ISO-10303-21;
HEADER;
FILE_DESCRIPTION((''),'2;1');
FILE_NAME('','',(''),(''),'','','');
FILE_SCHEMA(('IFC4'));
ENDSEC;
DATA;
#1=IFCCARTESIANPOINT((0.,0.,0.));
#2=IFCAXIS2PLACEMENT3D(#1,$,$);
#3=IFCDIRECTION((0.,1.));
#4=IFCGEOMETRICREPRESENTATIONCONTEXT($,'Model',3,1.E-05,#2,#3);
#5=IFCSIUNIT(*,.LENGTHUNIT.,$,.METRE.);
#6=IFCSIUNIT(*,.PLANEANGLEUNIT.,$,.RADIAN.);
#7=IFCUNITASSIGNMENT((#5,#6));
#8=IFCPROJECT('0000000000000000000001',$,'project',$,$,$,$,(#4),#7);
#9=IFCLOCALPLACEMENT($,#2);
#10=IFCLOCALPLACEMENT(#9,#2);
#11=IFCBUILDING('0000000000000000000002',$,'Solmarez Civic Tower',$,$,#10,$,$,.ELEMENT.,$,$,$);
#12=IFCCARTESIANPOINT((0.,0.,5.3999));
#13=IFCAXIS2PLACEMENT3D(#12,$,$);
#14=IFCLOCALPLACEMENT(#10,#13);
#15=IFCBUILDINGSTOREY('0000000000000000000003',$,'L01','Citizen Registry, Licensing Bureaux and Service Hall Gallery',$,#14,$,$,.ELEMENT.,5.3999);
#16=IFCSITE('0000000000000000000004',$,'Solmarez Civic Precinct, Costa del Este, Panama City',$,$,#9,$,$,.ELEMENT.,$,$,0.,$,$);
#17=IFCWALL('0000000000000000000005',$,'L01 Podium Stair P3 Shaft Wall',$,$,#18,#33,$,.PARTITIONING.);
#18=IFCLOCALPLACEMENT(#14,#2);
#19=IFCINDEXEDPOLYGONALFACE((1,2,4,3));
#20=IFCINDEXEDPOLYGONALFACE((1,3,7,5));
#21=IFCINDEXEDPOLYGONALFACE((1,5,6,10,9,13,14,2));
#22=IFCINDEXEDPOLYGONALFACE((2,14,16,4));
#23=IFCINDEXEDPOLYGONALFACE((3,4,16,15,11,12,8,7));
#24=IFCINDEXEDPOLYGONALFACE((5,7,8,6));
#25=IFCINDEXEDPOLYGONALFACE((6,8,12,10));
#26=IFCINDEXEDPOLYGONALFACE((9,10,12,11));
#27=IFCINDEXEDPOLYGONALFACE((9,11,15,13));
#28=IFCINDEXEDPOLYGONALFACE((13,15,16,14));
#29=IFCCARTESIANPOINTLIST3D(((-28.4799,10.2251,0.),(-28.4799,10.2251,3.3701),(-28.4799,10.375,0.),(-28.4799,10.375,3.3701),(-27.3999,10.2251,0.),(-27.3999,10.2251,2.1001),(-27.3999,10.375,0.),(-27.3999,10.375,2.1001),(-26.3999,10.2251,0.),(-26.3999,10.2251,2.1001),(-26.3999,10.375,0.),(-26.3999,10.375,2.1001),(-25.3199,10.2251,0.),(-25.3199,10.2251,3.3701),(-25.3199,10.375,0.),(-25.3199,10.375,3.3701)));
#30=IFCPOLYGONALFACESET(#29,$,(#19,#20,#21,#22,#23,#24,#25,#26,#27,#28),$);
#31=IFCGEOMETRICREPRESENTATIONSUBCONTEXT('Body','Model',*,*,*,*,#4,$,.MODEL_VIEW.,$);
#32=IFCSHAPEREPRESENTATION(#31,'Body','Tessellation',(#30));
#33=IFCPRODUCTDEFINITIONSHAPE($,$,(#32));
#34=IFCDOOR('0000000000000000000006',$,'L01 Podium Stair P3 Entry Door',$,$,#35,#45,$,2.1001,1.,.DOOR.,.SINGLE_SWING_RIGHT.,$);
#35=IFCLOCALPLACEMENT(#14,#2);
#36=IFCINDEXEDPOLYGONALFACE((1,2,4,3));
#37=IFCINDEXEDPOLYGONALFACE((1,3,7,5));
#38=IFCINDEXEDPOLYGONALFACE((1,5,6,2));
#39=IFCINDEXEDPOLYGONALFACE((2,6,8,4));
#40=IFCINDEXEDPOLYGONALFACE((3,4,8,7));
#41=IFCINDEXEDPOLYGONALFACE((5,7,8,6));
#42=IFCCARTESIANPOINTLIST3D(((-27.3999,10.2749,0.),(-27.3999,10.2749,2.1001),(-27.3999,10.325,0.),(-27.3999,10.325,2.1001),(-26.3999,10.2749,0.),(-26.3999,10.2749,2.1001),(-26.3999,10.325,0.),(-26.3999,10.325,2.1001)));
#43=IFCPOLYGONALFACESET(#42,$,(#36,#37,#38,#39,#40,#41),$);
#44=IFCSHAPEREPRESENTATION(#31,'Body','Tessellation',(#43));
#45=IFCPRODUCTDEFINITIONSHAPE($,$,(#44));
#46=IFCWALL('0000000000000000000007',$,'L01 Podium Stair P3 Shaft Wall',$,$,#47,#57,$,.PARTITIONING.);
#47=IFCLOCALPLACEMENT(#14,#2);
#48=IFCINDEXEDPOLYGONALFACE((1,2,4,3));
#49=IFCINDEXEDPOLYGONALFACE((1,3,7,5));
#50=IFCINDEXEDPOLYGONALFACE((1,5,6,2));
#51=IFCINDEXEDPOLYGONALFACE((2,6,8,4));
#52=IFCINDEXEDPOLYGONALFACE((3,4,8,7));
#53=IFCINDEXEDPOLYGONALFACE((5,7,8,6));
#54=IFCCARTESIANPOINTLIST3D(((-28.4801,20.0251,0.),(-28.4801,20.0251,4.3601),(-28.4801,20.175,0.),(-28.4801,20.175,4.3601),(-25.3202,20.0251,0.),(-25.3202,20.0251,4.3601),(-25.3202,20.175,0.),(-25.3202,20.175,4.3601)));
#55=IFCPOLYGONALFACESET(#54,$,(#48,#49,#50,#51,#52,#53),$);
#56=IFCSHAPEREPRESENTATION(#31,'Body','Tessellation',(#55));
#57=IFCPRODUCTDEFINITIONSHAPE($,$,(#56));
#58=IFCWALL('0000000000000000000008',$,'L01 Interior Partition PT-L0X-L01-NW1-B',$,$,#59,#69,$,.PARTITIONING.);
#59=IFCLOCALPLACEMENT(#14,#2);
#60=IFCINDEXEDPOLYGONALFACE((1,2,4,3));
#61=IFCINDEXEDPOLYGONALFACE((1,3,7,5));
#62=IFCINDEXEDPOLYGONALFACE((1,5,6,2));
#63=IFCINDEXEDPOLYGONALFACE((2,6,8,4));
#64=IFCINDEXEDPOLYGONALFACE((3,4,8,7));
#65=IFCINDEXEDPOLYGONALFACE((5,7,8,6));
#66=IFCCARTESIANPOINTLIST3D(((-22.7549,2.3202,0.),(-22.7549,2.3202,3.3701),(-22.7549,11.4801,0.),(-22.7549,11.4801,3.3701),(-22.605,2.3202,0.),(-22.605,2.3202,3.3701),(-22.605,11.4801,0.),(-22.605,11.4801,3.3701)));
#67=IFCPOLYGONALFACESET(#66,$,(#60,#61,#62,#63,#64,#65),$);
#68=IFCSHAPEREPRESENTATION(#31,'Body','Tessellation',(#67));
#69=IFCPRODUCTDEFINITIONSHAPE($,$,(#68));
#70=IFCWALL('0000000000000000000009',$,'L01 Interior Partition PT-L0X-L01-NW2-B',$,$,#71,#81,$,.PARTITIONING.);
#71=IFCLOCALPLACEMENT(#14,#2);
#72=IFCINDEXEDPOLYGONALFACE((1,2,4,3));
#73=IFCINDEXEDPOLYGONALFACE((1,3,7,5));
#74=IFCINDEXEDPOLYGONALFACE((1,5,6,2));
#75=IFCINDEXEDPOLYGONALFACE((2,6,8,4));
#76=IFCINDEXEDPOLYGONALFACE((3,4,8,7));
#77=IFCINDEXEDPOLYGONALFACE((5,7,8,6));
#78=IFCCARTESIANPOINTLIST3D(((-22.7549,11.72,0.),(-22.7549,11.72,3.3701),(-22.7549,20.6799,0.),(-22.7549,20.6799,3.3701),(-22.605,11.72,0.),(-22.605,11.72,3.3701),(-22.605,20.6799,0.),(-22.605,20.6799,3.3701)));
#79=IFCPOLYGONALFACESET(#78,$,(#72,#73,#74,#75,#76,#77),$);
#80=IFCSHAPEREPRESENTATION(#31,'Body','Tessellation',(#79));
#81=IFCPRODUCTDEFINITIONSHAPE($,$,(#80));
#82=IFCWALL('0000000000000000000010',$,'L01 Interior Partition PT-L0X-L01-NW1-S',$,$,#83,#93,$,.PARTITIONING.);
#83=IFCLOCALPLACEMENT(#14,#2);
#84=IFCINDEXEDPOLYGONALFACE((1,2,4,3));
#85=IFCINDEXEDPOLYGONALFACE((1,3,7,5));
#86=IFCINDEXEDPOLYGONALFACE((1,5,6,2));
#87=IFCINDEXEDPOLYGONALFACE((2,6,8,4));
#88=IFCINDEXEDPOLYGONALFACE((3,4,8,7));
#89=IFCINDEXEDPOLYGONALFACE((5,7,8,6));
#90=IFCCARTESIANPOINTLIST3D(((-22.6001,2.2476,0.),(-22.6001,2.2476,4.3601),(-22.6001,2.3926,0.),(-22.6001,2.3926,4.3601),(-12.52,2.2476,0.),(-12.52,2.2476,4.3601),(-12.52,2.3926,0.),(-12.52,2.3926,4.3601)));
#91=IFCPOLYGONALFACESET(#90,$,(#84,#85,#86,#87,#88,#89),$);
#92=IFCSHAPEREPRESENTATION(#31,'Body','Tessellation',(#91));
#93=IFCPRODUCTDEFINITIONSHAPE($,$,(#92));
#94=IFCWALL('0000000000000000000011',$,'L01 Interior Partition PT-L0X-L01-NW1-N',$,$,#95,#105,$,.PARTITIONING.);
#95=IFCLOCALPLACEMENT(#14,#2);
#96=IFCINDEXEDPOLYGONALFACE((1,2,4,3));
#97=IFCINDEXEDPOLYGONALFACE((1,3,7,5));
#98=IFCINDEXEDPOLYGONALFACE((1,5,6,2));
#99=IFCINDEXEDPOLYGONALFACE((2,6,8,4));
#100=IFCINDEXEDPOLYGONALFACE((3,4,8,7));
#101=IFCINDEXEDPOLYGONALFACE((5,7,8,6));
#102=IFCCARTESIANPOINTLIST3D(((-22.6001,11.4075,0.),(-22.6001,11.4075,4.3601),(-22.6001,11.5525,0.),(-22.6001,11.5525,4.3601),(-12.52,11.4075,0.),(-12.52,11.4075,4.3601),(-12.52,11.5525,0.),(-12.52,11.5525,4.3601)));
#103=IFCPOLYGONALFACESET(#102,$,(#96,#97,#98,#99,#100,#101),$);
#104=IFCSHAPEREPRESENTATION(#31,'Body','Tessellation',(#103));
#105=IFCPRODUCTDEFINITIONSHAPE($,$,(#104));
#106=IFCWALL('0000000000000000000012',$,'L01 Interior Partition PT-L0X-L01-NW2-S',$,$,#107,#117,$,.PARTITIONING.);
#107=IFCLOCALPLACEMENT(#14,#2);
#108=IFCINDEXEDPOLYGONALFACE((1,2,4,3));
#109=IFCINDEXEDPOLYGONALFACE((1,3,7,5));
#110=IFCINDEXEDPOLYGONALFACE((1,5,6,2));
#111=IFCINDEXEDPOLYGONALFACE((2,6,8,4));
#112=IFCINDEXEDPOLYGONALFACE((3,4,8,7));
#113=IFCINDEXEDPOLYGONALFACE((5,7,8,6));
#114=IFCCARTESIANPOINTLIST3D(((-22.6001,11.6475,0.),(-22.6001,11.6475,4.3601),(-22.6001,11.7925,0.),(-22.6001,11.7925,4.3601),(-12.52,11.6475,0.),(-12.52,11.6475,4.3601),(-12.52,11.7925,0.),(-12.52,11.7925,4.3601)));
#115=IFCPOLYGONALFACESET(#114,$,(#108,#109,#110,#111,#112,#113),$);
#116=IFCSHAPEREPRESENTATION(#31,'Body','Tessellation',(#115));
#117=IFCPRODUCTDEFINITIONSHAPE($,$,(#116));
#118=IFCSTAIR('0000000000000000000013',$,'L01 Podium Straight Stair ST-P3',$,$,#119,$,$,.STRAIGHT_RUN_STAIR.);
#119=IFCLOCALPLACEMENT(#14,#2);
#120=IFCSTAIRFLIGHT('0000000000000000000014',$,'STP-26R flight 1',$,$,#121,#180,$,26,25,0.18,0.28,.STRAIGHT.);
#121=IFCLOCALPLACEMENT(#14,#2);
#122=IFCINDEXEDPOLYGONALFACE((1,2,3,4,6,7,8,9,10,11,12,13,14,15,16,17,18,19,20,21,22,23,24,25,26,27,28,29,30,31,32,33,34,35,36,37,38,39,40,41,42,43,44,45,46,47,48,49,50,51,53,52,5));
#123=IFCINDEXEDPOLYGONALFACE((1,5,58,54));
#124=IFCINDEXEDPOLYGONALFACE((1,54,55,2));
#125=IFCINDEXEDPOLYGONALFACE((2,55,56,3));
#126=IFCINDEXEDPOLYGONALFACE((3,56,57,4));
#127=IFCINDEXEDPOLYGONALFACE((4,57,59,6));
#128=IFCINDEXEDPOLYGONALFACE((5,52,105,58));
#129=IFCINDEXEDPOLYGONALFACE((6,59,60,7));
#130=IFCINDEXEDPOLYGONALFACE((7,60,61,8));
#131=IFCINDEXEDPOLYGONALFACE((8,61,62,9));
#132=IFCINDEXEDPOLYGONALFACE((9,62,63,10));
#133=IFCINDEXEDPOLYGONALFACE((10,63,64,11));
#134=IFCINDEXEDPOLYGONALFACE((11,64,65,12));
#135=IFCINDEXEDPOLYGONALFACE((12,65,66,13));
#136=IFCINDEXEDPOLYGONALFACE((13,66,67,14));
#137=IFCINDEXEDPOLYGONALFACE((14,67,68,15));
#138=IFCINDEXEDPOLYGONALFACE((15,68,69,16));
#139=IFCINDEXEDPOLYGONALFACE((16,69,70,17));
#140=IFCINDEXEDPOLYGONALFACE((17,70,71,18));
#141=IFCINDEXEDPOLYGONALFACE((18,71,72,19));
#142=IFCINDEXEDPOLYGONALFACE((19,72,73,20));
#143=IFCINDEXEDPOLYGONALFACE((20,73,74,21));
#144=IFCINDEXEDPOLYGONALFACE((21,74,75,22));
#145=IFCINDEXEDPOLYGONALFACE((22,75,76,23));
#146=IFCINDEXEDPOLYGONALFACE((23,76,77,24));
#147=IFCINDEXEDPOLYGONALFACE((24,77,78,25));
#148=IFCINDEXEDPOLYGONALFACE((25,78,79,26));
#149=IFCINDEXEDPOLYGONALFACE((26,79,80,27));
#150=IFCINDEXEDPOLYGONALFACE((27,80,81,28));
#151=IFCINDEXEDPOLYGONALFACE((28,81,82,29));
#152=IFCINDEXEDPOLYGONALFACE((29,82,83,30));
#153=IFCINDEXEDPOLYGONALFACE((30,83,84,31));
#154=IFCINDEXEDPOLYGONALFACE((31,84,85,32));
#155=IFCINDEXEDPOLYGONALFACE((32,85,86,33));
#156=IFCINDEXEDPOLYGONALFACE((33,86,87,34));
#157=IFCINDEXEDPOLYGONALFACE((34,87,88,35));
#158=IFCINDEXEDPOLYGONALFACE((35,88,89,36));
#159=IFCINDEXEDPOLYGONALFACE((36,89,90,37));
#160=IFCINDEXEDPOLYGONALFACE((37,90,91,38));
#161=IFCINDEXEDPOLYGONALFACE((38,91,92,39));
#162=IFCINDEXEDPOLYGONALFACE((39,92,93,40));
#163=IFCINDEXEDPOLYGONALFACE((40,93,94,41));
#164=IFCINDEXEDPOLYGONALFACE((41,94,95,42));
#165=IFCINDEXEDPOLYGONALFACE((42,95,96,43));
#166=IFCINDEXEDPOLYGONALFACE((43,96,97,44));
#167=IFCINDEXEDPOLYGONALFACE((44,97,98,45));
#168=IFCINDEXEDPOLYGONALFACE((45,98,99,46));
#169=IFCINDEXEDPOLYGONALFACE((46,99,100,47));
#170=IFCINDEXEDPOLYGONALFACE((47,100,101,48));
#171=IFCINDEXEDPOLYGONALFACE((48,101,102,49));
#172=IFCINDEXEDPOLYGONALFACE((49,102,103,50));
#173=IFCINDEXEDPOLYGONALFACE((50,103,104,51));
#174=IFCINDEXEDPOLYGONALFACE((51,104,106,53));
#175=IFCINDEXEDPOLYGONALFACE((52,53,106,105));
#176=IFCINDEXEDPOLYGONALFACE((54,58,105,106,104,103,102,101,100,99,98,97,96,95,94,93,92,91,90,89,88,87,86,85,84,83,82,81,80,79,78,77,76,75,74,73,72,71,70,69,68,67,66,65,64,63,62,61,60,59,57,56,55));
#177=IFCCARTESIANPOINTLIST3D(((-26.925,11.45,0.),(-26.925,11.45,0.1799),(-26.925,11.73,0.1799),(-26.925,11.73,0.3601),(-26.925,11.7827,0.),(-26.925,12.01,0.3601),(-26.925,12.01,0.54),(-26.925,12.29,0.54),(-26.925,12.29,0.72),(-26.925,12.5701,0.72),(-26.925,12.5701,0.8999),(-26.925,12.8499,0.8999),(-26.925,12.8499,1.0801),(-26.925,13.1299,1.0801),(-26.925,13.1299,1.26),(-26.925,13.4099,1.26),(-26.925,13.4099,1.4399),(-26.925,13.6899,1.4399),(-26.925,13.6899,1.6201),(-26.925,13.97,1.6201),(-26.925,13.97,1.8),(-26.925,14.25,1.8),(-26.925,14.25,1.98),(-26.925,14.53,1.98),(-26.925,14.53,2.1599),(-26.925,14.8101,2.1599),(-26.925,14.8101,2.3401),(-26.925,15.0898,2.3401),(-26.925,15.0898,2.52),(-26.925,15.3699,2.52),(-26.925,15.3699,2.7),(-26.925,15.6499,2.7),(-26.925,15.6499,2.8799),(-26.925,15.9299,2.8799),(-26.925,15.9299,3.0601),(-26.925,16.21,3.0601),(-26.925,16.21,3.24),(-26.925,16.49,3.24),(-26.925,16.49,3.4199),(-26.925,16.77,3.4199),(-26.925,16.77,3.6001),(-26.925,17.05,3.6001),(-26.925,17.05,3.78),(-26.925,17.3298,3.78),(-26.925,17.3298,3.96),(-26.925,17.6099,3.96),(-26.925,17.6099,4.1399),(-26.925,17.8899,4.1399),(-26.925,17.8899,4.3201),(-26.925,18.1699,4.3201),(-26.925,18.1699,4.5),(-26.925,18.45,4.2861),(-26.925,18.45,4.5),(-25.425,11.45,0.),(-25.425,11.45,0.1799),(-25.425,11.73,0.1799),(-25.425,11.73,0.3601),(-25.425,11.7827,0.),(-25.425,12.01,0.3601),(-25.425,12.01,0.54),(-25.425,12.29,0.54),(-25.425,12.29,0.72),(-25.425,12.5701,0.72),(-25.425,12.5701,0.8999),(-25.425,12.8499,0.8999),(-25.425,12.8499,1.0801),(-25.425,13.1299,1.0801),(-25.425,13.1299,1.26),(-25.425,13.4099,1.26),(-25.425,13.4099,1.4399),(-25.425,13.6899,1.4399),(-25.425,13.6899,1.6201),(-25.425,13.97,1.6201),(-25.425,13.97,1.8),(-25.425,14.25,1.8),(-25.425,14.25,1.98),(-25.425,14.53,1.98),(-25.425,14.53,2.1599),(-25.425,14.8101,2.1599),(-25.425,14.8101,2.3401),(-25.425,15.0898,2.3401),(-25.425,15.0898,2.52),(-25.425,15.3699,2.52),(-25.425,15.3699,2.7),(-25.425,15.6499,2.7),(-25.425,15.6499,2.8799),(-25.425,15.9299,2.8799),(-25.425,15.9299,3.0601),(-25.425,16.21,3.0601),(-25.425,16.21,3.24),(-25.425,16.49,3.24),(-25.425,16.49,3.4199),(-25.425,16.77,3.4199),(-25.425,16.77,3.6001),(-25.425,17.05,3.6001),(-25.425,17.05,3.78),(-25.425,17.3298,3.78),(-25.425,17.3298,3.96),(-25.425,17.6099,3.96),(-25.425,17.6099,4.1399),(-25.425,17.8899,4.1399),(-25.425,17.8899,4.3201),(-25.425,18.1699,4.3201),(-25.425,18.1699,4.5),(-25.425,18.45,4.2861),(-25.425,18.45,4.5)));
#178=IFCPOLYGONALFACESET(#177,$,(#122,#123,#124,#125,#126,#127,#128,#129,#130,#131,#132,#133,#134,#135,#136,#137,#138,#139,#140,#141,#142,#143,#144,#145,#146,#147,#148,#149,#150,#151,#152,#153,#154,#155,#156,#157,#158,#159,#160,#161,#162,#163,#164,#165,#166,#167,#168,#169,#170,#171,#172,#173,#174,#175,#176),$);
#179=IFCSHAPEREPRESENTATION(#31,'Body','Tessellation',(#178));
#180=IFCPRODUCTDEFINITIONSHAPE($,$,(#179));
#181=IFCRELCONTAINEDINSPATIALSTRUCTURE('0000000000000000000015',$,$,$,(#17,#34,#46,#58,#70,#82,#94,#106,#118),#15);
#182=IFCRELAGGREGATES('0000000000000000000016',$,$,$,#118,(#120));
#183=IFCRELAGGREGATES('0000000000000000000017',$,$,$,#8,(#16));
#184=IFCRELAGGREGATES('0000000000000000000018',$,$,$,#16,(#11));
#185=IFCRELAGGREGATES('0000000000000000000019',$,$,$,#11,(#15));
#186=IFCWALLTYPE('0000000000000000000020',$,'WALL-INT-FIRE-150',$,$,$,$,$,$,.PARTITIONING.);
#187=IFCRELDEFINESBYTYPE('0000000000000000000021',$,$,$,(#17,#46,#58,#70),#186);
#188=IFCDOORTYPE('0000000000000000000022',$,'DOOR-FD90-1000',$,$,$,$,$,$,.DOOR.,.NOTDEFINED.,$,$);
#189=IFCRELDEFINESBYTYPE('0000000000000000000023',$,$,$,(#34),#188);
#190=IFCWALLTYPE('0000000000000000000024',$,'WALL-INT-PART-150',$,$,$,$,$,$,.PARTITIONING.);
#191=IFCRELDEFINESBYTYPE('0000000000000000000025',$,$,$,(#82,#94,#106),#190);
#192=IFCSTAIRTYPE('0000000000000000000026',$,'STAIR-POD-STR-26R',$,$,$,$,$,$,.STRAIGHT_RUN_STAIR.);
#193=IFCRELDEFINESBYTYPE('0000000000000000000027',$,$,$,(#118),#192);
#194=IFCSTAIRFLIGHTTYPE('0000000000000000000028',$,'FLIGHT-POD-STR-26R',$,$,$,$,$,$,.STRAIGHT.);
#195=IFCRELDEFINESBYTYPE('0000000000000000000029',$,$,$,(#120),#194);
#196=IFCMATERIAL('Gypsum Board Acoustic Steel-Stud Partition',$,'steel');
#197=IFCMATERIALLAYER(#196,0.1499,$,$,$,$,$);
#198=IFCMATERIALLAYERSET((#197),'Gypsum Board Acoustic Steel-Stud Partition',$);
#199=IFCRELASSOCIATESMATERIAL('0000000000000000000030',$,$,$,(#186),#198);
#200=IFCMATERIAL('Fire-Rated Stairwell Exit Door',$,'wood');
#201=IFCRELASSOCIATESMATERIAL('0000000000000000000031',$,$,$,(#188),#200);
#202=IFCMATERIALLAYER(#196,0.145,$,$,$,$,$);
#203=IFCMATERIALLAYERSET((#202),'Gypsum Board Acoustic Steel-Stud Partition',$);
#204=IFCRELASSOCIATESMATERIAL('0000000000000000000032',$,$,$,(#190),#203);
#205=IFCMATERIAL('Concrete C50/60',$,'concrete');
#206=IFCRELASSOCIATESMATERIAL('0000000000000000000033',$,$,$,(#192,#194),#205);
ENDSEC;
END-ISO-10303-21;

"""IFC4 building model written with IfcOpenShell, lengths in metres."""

from ifc_helpers import new_model, si_unit, direction, frame, frame_2d, origin, place, context, subcontext, project, spatial, polyline, rectangle, outline, extrude, material, layer, layer_set, type_object, element, fill, aggregate, save


model = new_model("IFC4")

# Units and contexts
model_context = context("Model", 3, precision=1e-05, world=origin(), true_north=direction((0.0, 1.0)))
body_context = subcontext(model_context, "Body", "Model", "MODEL_VIEW")
ifc_project = project(units=[si_unit("LENGTHUNIT", "METRE"), si_unit("PLANEANGLEUNIT", "RADIAN")], contexts=[model_context])

# Site, building, storey
site_placement = place(None, origin())
site = spatial("IfcSite", under=ifc_project, at=site_placement, Name="Solmarez Civic Precinct, Costa del Este, Panama City", CompositionType="ELEMENT", RefElevation=0.0)
building_placement = place(site_placement, origin())
building = spatial("IfcBuilding", under=site, at=building_placement, Name="Solmarez Civic Tower", CompositionType="ELEMENT")
storey_placement = place(building_placement, frame((0.0, 0.0, 5.3999)))
storey = spatial("IfcBuildingStorey", under=building, at=storey_placement, Name="L01", Description="Citizen Registry, Licensing Bureaux and Service Hall Gallery", CompositionType="ELEMENT", Elevation=5.3999)

# Shared definitions
ifc_material_1 = material(Name="Concrete C50/60", Category="concrete")

# Shared definitions
ifc_material_2 = material(Name="Gypsum Board Acoustic Steel-Stud Partition", Category="steel")
ifc_layer_1 = layer(ifc_material_2, 0.1499)
ifc_layer_set_1 = layer_set([ifc_layer_1], Name="Gypsum Board Acoustic Steel-Stud Partition")
wall_type_1 = type_object("IfcWallType", Name="WALL-INT-FIRE-150", PredefinedType="PARTITIONING", material=ifc_layer_set_1)

# Wall, opening, door
wall_1_placement = place(storey_placement, frame((-28.48, 10.3, 0.0), z_axis=(0.0, 0.0, 1.0), x_axis=(1.0, 0.0, 0.0)))
wall_1 = element("IfcWall", 1, at=wall_1_placement, inside=storey, type_object=wall_type_1, Name="L01 Podium Stair P3 Shaft Wall", PredefinedType="PARTITIONING", context=body_context, shape_type="SweptSolid", body=[
    extrude(rectangle(XDim=3.1599, YDim=0.1499, at=frame_2d((1.5801, 0.0))), origin(), (0.0, 0.0, 1.0), 3.3701),
])
opening_placement = place(wall_1_placement, frame((1.0801, 0.0, 0.0)))
opening = element("IfcOpeningElement", 2, at=opening_placement, cuts=wall_1, PredefinedType="OPENING", context=body_context, shape_type="SweptSolid", body=[
    extrude(rectangle(XDim=1.0, YDim=2.1001, at=frame_2d((0.5, 1.05))), frame((0.0, 0.085, 0.0), z_axis=(0.0, -1.0, 0.0), x_axis=(1.0, 0.0, 0.0)), (0.0, 0.0, 1.0), 0.1699),
])
ifc_material_3 = material(Name="Fire-Rated Stairwell Exit Door", Category="wood")
door_type = type_object("IfcDoorType", Name="DOOR-FD90-1000", OperationType="NOTDEFINED", PredefinedType="DOOR", material=ifc_material_3)
door_placement = place(opening_placement, origin())
door = element("IfcDoor", 3, at=door_placement, inside=storey, type_object=door_type, Name="L01 Podium Stair P3 Entry Door", OperationType="SINGLE_SWING_RIGHT", OverallHeight=2.1001, OverallWidth=1.0, PredefinedType="DOOR", context=body_context, shape_type="SweptSolid", body=[
    extrude(rectangle(XDim=1.0, YDim=2.1001, at=frame_2d((0.5, 1.05))), frame((0.0, 0.0249, 0.0), z_axis=(0.0, -1.0, 0.0), x_axis=(1.0, 0.0, 0.0)), (0.0, 0.0, 1.0), 0.05),
])
fill(opening, door)

# Walls
wall_2_placement = place(storey_placement, frame((-25.3201, 20.1001, 0.0), z_axis=(0.0, 0.0, 1.0), x_axis=(-1.0, 0.0, 0.0)))
element("IfcWall", 4, at=wall_2_placement, inside=storey, type_object=wall_type_1, Name="L01 Podium Stair P3 Shaft Wall", PredefinedType="PARTITIONING", context=body_context, shape_type="SweptSolid", body=[
    extrude(rectangle(XDim=3.1599, YDim=0.1499, at=frame_2d((1.5801, 0.0))), origin(), (0.0, 0.0, 1.0), 4.3601),
])
wall_3_placement = place(storey_placement, frame((-22.6799, 2.3201, 0.0), z_axis=(0.0, 0.0, 1.0), x_axis=(0.0, 1.0, 0.0)))
element("IfcWall", 5, at=wall_3_placement, inside=storey, type_object=wall_type_1, Name="L01 Interior Partition PT-L0X-L01-NW1-B", PredefinedType="PARTITIONING", context=body_context, shape_type="SweptSolid", body=[
    extrude(rectangle(XDim=9.1599, YDim=0.1499, at=frame_2d((4.5801, 0.0))), origin(), (0.0, 0.0, 1.0), 3.3701),
])
wall_4_placement = place(storey_placement, frame((-22.6799, 11.72, 0.0), z_axis=(0.0, 0.0, 1.0), x_axis=(0.0, 1.0, 0.0)))
element("IfcWall", 6, at=wall_4_placement, inside=storey, type_object=wall_type_1, Name="L01 Interior Partition PT-L0X-L01-NW2-B", PredefinedType="PARTITIONING", context=body_context, shape_type="SweptSolid", body=[
    extrude(rectangle(XDim=8.96, YDim=0.1499, at=frame_2d((4.48, 0.0))), origin(), (0.0, 0.0, 1.0), 3.3701),
])
ifc_layer_2 = layer(ifc_material_2, 0.145)
ifc_layer_set_2 = layer_set([ifc_layer_2], Name="Gypsum Board Acoustic Steel-Stud Partition")
wall_type_2 = type_object("IfcWallType", Name="WALL-INT-PART-150", PredefinedType="PARTITIONING", material=ifc_layer_set_2)
for number, where, z_axis, x_axis, name in (
    (7, (-22.6001, 2.3201, 0.0), (0.0, 0.0, 1.0), (1.0, 0.0, 0.0), "L01 Interior Partition PT-L0X-L01-NW1-S"),
    (8, (-22.6001, 11.48, 0.0), (0.0, 0.0, 1.0), (1.0, 0.0, 0.0), "L01 Interior Partition PT-L0X-L01-NW1-N"),
    (9, (-22.6001, 11.72, 0.0), (0.0, 0.0, 1.0), (1.0, 0.0, 0.0), "L01 Interior Partition PT-L0X-L01-NW2-S"),
):
    element("IfcWall", number, at=place(storey_placement, frame(where, z_axis=z_axis, x_axis=x_axis)), inside=storey, type_object=wall_type_2, Name=name, PredefinedType="PARTITIONING", context=body_context, shape_type="SweptSolid", body=[
        extrude(rectangle(XDim=10.0801, YDim=0.145, at=frame_2d((5.04, 0.0))), origin(), (0.0, 0.0, 1.0), 4.3601),
    ])

# Stair, stair flight
stair_type = type_object("IfcStairType", Name="STAIR-POD-STR-26R", PredefinedType="STRAIGHT_RUN_STAIR", material=ifc_material_1)
stair_placement = place(storey_placement, origin())
stair = element("IfcStair", 10, at=stair_placement, inside=storey, type_object=stair_type, Name="L01 Podium Straight Stair ST-P3", PredefinedType="STRAIGHT_RUN_STAIR")
stair_flight_type = type_object("IfcStairFlightType", Name="FLIGHT-POD-STR-26R", PredefinedType="STRAIGHT", material=ifc_material_1)
stair_flight_placement = place(storey_placement, frame((-26.175, 11.45, 0.0), z_axis=(0.0, 0.0, 1.0), x_axis=(0.0, 1.0, 0.0)))
stair_flight = element("IfcStairFlight", 11, at=stair_flight_placement, type_object=stair_flight_type, Name="STP-26R flight 1", NumberOfRisers=26, NumberOfTreads=25, PredefinedType="STRAIGHT", RiserHeight=0.18, TreadLength=0.28, context=body_context, shape_type="SweptSolid", body=[
    extrude(outline(polyline([(0.0, 0.0), (0.0, 0.1799), (0.28, 0.1799), (0.28, 0.3601), (0.5601, 0.3601), (0.5601, 0.54), (0.8401, 0.54), (0.8401, 0.72), (1.1201, 0.72), (1.1201, 0.8999), (1.3999, 0.8999), (1.3999, 1.0801), (1.6799, 1.0801), (1.6799, 1.26), (1.96, 1.26), (1.96, 1.4399), (2.24, 1.4399), (2.24, 1.6201), (2.52, 1.6201), (2.52, 1.8), (2.8, 1.8), (2.8, 1.98), (3.0801, 1.98), (3.0801, 2.1599), (3.3601, 2.1599), (3.3601, 2.3401), (3.6399, 2.3401), (3.6399, 2.52), (3.9199, 2.52), (3.9199, 2.7), (4.2, 2.7), (4.2, 2.8799), (4.48, 2.8799), (4.48, 3.0601), (4.76, 3.0601), (4.76, 3.24), (5.04, 3.24), (5.04, 3.4199), (5.3201, 3.4199), (5.3201, 3.6001), (5.6001, 3.6001), (5.6001, 3.78), (5.8799, 3.78), (5.8799, 3.96), (6.1599, 3.96), (6.1599, 4.1399), (6.4399, 4.1399), (6.4399, 4.3201), (6.72, 4.3201), (6.72, 4.5), (7.0, 4.5), (7.0, 4.6799), (7.0, 4.2861), (0.3328, 0.0), (0.0, 0.0)])), frame((0.0, 0.75, 0.0), z_axis=(0.0, -1.0, 0.0), x_axis=(1.0, 0.0, 0.0)), (0.0, 0.0, 1.0), 1.5),
])
aggregate(stair, [stair_flight])

save(model, "model.ifc")
